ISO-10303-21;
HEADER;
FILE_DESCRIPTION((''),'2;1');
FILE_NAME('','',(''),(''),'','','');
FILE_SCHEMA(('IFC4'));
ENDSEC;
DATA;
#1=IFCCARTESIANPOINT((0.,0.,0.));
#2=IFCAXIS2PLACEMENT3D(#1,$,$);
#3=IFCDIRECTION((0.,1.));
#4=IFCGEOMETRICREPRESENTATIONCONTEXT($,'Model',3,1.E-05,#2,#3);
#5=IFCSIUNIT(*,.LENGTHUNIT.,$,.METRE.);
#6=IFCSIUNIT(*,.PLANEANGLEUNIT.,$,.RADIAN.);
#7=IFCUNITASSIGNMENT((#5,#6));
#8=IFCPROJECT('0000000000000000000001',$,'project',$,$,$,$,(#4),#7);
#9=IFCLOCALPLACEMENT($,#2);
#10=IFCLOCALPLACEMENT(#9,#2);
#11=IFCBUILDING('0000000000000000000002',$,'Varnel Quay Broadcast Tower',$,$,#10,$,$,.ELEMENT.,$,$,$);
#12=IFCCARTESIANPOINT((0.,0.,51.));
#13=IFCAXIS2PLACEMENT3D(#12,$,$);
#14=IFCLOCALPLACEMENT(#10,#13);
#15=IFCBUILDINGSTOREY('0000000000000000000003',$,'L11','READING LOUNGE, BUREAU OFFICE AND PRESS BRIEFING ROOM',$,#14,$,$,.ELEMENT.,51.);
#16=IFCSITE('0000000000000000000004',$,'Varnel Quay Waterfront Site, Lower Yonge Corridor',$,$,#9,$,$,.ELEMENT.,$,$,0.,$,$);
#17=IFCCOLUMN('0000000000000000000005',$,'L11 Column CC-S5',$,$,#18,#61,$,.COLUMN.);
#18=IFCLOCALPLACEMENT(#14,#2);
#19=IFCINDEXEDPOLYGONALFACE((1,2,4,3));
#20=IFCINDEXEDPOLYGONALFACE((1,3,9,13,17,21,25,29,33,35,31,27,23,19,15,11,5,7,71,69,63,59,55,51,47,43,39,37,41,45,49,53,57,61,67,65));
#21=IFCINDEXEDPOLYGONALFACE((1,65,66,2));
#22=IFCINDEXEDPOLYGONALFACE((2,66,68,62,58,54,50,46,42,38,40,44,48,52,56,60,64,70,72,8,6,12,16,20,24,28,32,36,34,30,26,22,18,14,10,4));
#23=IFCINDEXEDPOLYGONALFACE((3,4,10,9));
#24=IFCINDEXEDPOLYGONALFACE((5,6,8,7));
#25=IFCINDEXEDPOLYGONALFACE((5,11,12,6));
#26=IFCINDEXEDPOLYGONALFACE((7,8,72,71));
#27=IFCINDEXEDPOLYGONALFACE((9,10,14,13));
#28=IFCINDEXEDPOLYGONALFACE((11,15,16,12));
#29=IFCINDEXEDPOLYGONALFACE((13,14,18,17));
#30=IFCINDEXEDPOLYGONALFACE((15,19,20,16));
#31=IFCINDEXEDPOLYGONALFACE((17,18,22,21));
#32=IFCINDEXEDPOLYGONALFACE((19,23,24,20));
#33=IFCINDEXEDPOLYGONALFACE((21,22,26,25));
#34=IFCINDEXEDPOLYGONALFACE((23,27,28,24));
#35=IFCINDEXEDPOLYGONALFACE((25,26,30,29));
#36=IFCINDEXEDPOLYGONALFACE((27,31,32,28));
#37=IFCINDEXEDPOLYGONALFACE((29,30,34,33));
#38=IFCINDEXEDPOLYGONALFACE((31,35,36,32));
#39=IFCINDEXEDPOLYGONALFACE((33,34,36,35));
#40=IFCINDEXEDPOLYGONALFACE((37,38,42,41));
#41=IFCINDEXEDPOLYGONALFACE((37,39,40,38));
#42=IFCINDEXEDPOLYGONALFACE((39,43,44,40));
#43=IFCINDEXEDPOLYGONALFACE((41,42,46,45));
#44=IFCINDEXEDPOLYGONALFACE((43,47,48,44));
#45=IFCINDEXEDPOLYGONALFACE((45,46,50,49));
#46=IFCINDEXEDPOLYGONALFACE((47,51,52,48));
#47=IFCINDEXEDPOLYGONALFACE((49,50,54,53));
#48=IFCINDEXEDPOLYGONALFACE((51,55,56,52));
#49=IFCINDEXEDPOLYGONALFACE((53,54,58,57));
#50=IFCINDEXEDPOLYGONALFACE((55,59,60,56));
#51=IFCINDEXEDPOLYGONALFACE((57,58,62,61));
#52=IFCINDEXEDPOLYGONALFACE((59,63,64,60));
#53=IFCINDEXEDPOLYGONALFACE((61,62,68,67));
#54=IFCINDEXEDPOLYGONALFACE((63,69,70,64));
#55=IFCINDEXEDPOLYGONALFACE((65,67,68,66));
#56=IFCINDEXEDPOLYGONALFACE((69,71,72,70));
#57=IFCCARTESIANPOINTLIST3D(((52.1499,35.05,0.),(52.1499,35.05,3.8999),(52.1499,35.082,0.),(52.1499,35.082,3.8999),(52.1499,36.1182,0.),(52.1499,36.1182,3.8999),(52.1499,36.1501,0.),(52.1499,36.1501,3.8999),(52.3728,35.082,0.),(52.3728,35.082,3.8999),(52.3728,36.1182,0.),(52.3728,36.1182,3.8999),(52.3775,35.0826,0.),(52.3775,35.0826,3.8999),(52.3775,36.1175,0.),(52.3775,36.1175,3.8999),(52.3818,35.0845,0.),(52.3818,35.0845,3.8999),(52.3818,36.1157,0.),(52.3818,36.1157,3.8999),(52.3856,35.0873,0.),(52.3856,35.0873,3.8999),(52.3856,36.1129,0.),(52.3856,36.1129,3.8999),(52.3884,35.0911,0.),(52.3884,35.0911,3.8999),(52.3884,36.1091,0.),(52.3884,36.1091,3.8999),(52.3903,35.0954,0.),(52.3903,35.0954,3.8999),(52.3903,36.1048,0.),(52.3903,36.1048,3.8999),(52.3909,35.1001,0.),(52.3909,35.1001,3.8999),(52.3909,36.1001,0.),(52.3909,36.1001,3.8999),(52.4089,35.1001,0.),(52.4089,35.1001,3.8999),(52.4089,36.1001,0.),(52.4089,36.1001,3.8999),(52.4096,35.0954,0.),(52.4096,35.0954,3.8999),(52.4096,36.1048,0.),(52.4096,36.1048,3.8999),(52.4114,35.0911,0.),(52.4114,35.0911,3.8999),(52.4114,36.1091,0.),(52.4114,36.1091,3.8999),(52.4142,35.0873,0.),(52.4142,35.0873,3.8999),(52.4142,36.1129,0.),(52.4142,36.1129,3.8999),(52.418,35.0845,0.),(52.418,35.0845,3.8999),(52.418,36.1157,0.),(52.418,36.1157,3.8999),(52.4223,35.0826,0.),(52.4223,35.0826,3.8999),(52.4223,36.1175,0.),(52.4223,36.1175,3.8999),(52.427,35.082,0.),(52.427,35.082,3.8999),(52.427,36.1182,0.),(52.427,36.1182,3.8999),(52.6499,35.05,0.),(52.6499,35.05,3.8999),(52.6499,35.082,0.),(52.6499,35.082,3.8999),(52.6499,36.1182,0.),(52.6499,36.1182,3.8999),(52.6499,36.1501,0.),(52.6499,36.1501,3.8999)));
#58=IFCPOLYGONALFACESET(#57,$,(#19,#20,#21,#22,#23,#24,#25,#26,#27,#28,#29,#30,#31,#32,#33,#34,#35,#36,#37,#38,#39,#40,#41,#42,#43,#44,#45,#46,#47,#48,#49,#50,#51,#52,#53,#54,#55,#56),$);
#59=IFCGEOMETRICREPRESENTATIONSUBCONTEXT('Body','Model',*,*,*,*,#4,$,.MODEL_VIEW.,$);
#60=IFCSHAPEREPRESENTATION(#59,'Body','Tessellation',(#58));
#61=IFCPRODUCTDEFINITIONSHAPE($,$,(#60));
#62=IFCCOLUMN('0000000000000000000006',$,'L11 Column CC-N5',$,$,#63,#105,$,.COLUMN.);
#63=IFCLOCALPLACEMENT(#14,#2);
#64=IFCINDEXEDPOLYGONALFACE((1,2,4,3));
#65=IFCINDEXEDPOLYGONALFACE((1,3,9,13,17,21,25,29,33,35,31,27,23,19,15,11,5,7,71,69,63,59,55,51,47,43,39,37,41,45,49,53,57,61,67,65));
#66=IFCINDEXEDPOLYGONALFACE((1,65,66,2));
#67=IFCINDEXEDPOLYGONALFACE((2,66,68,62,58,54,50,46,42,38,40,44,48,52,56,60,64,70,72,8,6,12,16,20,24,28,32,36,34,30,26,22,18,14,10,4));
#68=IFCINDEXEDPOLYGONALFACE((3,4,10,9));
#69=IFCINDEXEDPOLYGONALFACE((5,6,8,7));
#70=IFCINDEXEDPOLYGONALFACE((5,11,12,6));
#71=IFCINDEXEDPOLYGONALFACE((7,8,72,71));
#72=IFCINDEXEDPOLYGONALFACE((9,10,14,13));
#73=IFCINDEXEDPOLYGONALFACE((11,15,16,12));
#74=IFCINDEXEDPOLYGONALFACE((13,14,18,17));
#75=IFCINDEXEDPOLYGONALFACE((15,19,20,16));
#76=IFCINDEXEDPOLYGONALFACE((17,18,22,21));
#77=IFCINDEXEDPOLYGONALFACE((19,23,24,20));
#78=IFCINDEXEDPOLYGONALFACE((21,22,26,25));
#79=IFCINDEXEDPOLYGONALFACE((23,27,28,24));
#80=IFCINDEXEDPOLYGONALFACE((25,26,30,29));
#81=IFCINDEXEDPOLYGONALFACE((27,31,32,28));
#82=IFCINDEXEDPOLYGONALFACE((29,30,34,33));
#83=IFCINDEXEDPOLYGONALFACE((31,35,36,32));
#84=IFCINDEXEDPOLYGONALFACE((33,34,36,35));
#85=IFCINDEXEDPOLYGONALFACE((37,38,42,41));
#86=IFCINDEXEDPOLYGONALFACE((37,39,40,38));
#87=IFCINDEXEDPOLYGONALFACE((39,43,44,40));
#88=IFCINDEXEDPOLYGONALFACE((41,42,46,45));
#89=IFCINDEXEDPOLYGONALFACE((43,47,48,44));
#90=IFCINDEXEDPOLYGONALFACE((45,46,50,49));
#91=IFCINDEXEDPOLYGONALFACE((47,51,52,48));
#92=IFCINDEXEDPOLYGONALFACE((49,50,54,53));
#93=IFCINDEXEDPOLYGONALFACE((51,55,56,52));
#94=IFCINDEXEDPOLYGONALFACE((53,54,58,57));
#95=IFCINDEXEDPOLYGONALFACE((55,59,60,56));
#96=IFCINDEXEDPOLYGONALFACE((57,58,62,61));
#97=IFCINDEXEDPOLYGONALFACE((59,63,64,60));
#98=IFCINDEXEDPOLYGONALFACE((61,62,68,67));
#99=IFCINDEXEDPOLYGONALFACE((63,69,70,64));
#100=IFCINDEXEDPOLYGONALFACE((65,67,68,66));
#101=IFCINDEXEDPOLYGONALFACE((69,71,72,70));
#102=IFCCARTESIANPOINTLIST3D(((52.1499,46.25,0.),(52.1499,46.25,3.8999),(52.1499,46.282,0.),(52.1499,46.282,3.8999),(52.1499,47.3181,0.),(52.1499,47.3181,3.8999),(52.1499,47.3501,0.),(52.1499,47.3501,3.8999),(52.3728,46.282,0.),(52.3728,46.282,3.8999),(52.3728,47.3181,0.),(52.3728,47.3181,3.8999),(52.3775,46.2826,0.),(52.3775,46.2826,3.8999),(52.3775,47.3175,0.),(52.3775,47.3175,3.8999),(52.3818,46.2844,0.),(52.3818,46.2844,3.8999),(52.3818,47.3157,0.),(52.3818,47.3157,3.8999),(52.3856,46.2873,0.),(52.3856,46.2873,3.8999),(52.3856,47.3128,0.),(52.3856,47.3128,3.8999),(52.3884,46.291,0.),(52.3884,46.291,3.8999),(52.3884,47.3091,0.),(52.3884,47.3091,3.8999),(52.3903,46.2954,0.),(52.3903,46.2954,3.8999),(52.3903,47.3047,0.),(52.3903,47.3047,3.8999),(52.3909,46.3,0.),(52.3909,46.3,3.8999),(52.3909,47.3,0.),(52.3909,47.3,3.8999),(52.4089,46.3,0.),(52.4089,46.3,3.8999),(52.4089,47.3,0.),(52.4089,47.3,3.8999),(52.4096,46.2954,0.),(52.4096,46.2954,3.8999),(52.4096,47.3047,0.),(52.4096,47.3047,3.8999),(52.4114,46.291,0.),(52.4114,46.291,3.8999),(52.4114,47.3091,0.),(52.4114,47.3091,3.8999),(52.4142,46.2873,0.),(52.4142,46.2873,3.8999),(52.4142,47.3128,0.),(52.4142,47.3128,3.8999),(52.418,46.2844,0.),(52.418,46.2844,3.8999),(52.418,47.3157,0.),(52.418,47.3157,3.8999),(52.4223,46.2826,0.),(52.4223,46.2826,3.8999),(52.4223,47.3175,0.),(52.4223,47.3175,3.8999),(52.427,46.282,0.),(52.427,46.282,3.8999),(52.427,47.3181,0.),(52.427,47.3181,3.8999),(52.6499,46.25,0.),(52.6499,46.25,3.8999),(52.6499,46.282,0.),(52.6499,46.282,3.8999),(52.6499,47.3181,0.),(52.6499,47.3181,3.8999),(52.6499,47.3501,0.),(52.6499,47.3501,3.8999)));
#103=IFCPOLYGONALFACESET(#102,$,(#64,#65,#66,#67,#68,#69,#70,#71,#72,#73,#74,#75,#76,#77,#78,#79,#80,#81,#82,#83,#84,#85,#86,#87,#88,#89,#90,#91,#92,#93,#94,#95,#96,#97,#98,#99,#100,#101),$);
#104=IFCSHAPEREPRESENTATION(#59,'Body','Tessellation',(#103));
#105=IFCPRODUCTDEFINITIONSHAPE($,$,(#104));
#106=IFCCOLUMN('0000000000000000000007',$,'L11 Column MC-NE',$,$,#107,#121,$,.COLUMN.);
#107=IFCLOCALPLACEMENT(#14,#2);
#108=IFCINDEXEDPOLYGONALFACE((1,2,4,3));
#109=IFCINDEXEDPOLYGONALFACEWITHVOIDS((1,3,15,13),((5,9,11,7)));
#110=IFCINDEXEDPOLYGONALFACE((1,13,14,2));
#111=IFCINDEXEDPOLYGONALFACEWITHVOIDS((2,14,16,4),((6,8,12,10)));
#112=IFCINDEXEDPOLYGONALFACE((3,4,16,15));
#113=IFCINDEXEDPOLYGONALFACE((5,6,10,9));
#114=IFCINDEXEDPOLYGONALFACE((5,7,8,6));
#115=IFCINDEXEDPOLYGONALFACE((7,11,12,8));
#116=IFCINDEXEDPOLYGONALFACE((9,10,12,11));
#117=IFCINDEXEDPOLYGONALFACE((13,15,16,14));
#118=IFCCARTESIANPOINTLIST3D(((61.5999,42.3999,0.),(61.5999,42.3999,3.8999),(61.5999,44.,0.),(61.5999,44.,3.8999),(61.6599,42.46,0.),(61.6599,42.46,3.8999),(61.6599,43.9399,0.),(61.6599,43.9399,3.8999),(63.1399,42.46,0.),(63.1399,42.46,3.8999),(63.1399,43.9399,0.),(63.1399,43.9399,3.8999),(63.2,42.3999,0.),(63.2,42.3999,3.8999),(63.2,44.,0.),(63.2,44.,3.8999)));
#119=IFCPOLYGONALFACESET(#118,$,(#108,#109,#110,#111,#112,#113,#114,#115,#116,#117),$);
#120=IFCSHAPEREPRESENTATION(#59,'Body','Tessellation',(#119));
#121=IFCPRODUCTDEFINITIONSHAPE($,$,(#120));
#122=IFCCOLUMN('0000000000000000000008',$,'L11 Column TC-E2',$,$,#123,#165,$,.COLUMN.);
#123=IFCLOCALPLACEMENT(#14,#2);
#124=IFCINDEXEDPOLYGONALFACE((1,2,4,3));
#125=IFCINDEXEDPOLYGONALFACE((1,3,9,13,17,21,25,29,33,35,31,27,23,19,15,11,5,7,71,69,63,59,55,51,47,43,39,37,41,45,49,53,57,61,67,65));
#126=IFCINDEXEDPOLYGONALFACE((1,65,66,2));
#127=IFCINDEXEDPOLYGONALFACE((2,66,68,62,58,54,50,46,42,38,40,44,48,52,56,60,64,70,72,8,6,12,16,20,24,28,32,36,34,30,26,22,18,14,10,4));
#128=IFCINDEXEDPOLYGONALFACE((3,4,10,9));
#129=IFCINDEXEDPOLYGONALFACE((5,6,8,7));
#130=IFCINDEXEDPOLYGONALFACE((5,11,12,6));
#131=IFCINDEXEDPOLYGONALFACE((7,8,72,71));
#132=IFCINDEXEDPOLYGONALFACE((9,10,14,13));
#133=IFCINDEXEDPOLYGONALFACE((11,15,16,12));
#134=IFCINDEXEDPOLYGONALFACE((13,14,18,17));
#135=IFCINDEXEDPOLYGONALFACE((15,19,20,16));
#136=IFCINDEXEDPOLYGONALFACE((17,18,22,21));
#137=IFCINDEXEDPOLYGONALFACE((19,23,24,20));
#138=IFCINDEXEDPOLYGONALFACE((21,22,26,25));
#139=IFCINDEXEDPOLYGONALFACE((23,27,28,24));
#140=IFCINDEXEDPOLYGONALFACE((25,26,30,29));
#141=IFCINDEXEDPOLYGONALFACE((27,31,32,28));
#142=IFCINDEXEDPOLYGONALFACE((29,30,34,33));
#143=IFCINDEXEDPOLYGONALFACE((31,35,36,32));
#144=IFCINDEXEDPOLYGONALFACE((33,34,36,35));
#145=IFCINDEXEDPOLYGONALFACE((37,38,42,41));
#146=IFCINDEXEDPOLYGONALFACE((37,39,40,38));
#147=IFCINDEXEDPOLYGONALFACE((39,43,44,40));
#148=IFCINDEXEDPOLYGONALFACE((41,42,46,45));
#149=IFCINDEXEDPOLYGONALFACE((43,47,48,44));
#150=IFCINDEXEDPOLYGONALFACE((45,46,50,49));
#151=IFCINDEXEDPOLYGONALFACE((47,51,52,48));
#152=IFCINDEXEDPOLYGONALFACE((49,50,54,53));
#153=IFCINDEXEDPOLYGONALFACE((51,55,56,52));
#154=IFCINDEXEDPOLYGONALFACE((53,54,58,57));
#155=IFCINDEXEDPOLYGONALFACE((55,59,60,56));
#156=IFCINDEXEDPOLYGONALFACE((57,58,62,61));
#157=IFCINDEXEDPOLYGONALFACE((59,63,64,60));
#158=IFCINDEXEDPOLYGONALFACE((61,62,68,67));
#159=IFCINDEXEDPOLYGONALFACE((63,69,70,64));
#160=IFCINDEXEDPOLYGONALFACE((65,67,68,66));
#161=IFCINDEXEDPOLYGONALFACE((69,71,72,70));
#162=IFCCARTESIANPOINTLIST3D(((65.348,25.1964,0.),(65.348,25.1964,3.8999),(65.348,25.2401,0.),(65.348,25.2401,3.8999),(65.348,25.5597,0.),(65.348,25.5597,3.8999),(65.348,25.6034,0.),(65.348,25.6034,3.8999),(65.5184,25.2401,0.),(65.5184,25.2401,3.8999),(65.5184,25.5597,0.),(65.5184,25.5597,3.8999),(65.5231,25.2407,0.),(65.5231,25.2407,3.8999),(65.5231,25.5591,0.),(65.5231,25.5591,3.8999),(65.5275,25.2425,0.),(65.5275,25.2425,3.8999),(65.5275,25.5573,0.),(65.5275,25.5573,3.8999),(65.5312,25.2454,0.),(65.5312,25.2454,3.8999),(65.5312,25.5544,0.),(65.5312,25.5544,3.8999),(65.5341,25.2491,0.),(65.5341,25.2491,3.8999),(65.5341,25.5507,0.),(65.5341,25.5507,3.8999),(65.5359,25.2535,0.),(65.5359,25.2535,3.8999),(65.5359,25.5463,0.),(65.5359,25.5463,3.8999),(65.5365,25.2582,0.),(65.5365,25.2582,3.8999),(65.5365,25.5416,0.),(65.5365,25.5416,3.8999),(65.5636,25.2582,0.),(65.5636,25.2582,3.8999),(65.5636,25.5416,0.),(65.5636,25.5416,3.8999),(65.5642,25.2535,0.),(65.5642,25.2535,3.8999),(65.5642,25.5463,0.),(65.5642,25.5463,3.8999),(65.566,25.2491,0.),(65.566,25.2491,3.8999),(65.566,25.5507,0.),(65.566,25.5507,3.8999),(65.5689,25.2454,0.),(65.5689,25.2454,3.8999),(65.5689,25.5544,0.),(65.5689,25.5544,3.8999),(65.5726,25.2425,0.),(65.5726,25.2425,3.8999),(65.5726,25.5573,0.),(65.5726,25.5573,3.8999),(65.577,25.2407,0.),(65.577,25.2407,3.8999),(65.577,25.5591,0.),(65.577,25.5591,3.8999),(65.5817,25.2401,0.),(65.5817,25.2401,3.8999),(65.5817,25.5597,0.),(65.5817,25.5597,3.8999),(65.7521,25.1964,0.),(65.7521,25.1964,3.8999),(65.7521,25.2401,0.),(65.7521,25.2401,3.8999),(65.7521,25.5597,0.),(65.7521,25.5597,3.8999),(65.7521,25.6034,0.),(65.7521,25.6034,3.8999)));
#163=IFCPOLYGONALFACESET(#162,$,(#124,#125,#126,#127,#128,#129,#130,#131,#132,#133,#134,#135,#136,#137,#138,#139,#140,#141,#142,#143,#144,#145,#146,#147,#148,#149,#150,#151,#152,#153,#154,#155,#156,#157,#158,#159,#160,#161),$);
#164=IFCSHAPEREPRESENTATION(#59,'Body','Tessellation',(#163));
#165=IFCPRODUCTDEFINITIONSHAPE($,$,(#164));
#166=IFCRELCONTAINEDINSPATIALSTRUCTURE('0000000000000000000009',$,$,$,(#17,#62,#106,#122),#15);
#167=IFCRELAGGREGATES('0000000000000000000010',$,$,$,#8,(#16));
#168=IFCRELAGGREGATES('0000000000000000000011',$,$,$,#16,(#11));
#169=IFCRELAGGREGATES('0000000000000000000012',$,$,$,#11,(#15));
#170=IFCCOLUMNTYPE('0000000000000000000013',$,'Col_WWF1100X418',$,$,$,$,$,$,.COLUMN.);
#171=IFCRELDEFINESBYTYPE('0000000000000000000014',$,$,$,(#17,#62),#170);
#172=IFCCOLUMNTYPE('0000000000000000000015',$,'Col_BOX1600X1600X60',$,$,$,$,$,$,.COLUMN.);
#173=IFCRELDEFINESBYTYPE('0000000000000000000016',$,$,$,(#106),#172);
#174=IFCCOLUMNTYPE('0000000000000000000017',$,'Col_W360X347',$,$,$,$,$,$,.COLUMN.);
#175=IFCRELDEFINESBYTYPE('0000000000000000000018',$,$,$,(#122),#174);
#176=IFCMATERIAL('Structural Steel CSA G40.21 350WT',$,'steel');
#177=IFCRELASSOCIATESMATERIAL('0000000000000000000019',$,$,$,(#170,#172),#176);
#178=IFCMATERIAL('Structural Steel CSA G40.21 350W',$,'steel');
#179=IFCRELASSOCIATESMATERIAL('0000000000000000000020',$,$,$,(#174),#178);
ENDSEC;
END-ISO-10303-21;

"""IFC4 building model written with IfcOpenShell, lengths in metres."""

from ifc_helpers import new_model, si_unit, direction, frame, origin, origin_2d, place, context, subcontext, project, spatial, hollow_rectangle, i_section, extrude, source, transform, mapped, material, material_profile, profile_set, type_object, type_shapes, element, save


model = new_model("IFC4")

# Units and contexts
model_context = context("Model", 3, precision=1e-05, world=origin(), true_north=direction((0.0, 1.0)))
body_context = subcontext(model_context, "Body", "Model", "MODEL_VIEW")
ifc_project = project(units=[si_unit("LENGTHUNIT", "METRE"), si_unit("PLANEANGLEUNIT", "RADIAN")], contexts=[model_context])

# Site, building, storey
site_placement = place(None, origin())
site = spatial("IfcSite", under=ifc_project, at=site_placement, Name="Varnel Quay Waterfront Site, Lower Yonge Corridor", CompositionType="ELEMENT", RefElevation=0.0)
building_placement = place(site_placement, origin())
building = spatial("IfcBuilding", under=site, at=building_placement, Name="Varnel Quay Broadcast Tower", CompositionType="ELEMENT")
storey_placement = place(building_placement, frame((0.0, 0.0, 51.0)))
storey = spatial("IfcBuildingStorey", under=building, at=storey_placement, Name="L11", Description="READING LOUNGE, BUREAU OFFICE AND PRESS BRIEFING ROOM", CompositionType="ELEMENT", Elevation=51.0)

# Columns
ifc_material_1 = material(Name="Structural Steel CSA G40.21 350WT", Category="steel")
ifc_material_profile_1 = material_profile(ifc_material_1, i_section(OverallWidth=0.5, OverallDepth=1.1001, WebThickness=0.0181, FlangeThickness=0.032, FilletRadius=0.0181, at=origin_2d()), Name="WWF1100X418")
ifc_profile_set_1 = profile_set([ifc_material_profile_1], Name="Structural Steel CSA G40.21 350WT")
column_type_1 = type_object("IfcColumnType", Name="Col_WWF1100X418", PredefinedType="COLUMN", material=ifc_profile_set_1)
shared_shape_1 = source(origin(), body_context, "Body", "SweptSolid", [
    extrude(i_section(OverallWidth=0.5, OverallDepth=1.1001, WebThickness=0.0181, FlangeThickness=0.032, FilletRadius=0.0181, at=origin_2d()), origin(), (0.0, 0.0, 1.0), 3.8999),
])
type_shapes(column_type_1, [shared_shape_1])
for number, where, z_axis, x_axis, name in (
    (1, (52.3999, 35.6001, 0.0), (0.0, 0.0, 1.0), (1.0, 0.0, 0.0), "L11 Column CC-S5"),
    (2, (52.3999, 46.8, 0.0), (0.0, 0.0, 1.0), (1.0, 0.0, 0.0), "L11 Column CC-N5"),
):
    element("IfcColumn", number, at=place(storey_placement, frame(where, z_axis=z_axis, x_axis=x_axis)), inside=storey, type_object=column_type_1, Name=name, PredefinedType="COLUMN", context=body_context, shape_type="MappedRepresentation", body=[
        mapped(shared_shape_1, transform((0.0, 0.0, 0.0), x_axis=(1.0, 0.0, 0.0), y_axis=(0.0, 1.0, 0.0), z_axis=(0.0, 0.0, 1.0), scale=1.0)),
    ])
ifc_material_profile_2 = material_profile(ifc_material_1, hollow_rectangle(XDim=1.6001, YDim=1.6001, WallThickness=0.0601, at=origin_2d()), Name="BOX1600X1600X60")
ifc_profile_set_2 = profile_set([ifc_material_profile_2], Name="Structural Steel CSA G40.21 350WT")
column_type_2 = type_object("IfcColumnType", Name="Col_BOX1600X1600X60", PredefinedType="COLUMN", material=ifc_profile_set_2)
shared_shape_2 = source(origin(), body_context, "Body", "SweptSolid", [
    extrude(hollow_rectangle(XDim=1.6001, YDim=1.6001, WallThickness=0.0601, at=origin_2d()), origin(), (0.0, 0.0, 1.0), 3.8999),
])
type_shapes(column_type_2, [shared_shape_2])
column_placement = place(storey_placement, frame((62.3999, 43.2, 0.0), z_axis=(0.0, 0.0, 1.0), x_axis=(1.0, 0.0, 0.0)))
element("IfcColumn", 3, at=column_placement, inside=storey, type_object=column_type_2, Name="L11 Column MC-NE", PredefinedType="COLUMN", context=body_context, shape_type="MappedRepresentation", body=[
    mapped(shared_shape_2, transform((0.0, 0.0, 0.0), x_axis=(1.0, 0.0, 0.0), y_axis=(0.0, 1.0, 0.0), z_axis=(0.0, 0.0, 1.0), scale=1.0)),
])
ifc_material_2 = material(Name="Structural Steel CSA G40.21 350W", Category="steel")
ifc_material_profile_3 = material_profile(ifc_material_2, i_section(OverallWidth=0.4041, OverallDepth=0.407, WebThickness=0.0271, FlangeThickness=0.0437, FilletRadius=0.0181, at=origin_2d()), Name="W360X347")
ifc_profile_set_3 = profile_set([ifc_material_profile_3], Name="Structural Steel CSA G40.21 350W")
column_type_3 = type_object("IfcColumnType", Name="Col_W360X347", PredefinedType="COLUMN", material=ifc_profile_set_3)
shared_shape_3 = source(origin(), body_context, "Body", "SweptSolid", [
    extrude(i_section(OverallWidth=0.4041, OverallDepth=0.407, WebThickness=0.0271, FlangeThickness=0.0437, FilletRadius=0.0181, at=origin_2d()), origin(), (0.0, 0.0, 1.0), 3.8999),
])
type_shapes(column_type_3, [shared_shape_3])
for number, where, z_axis, x_axis, name in (
    (4, (65.55, 25.3999, 0.0), (0.0, 0.0, 1.0), (1.0, 0.0, 0.0), "L11 Column TC-E2"),
):
    element("IfcColumn", number, at=place(storey_placement, frame(where, z_axis=z_axis, x_axis=x_axis)), inside=storey, type_object=column_type_3, Name=name, PredefinedType="COLUMN", context=body_context, shape_type="MappedRepresentation", body=[
        mapped(shared_shape_3, transform((0.0, 0.0, 0.0), x_axis=(1.0, 0.0, 0.0), y_axis=(0.0, 1.0, 0.0), z_axis=(0.0, 0.0, 1.0), scale=1.0)),
    ])

save(model, "model.ifc")
